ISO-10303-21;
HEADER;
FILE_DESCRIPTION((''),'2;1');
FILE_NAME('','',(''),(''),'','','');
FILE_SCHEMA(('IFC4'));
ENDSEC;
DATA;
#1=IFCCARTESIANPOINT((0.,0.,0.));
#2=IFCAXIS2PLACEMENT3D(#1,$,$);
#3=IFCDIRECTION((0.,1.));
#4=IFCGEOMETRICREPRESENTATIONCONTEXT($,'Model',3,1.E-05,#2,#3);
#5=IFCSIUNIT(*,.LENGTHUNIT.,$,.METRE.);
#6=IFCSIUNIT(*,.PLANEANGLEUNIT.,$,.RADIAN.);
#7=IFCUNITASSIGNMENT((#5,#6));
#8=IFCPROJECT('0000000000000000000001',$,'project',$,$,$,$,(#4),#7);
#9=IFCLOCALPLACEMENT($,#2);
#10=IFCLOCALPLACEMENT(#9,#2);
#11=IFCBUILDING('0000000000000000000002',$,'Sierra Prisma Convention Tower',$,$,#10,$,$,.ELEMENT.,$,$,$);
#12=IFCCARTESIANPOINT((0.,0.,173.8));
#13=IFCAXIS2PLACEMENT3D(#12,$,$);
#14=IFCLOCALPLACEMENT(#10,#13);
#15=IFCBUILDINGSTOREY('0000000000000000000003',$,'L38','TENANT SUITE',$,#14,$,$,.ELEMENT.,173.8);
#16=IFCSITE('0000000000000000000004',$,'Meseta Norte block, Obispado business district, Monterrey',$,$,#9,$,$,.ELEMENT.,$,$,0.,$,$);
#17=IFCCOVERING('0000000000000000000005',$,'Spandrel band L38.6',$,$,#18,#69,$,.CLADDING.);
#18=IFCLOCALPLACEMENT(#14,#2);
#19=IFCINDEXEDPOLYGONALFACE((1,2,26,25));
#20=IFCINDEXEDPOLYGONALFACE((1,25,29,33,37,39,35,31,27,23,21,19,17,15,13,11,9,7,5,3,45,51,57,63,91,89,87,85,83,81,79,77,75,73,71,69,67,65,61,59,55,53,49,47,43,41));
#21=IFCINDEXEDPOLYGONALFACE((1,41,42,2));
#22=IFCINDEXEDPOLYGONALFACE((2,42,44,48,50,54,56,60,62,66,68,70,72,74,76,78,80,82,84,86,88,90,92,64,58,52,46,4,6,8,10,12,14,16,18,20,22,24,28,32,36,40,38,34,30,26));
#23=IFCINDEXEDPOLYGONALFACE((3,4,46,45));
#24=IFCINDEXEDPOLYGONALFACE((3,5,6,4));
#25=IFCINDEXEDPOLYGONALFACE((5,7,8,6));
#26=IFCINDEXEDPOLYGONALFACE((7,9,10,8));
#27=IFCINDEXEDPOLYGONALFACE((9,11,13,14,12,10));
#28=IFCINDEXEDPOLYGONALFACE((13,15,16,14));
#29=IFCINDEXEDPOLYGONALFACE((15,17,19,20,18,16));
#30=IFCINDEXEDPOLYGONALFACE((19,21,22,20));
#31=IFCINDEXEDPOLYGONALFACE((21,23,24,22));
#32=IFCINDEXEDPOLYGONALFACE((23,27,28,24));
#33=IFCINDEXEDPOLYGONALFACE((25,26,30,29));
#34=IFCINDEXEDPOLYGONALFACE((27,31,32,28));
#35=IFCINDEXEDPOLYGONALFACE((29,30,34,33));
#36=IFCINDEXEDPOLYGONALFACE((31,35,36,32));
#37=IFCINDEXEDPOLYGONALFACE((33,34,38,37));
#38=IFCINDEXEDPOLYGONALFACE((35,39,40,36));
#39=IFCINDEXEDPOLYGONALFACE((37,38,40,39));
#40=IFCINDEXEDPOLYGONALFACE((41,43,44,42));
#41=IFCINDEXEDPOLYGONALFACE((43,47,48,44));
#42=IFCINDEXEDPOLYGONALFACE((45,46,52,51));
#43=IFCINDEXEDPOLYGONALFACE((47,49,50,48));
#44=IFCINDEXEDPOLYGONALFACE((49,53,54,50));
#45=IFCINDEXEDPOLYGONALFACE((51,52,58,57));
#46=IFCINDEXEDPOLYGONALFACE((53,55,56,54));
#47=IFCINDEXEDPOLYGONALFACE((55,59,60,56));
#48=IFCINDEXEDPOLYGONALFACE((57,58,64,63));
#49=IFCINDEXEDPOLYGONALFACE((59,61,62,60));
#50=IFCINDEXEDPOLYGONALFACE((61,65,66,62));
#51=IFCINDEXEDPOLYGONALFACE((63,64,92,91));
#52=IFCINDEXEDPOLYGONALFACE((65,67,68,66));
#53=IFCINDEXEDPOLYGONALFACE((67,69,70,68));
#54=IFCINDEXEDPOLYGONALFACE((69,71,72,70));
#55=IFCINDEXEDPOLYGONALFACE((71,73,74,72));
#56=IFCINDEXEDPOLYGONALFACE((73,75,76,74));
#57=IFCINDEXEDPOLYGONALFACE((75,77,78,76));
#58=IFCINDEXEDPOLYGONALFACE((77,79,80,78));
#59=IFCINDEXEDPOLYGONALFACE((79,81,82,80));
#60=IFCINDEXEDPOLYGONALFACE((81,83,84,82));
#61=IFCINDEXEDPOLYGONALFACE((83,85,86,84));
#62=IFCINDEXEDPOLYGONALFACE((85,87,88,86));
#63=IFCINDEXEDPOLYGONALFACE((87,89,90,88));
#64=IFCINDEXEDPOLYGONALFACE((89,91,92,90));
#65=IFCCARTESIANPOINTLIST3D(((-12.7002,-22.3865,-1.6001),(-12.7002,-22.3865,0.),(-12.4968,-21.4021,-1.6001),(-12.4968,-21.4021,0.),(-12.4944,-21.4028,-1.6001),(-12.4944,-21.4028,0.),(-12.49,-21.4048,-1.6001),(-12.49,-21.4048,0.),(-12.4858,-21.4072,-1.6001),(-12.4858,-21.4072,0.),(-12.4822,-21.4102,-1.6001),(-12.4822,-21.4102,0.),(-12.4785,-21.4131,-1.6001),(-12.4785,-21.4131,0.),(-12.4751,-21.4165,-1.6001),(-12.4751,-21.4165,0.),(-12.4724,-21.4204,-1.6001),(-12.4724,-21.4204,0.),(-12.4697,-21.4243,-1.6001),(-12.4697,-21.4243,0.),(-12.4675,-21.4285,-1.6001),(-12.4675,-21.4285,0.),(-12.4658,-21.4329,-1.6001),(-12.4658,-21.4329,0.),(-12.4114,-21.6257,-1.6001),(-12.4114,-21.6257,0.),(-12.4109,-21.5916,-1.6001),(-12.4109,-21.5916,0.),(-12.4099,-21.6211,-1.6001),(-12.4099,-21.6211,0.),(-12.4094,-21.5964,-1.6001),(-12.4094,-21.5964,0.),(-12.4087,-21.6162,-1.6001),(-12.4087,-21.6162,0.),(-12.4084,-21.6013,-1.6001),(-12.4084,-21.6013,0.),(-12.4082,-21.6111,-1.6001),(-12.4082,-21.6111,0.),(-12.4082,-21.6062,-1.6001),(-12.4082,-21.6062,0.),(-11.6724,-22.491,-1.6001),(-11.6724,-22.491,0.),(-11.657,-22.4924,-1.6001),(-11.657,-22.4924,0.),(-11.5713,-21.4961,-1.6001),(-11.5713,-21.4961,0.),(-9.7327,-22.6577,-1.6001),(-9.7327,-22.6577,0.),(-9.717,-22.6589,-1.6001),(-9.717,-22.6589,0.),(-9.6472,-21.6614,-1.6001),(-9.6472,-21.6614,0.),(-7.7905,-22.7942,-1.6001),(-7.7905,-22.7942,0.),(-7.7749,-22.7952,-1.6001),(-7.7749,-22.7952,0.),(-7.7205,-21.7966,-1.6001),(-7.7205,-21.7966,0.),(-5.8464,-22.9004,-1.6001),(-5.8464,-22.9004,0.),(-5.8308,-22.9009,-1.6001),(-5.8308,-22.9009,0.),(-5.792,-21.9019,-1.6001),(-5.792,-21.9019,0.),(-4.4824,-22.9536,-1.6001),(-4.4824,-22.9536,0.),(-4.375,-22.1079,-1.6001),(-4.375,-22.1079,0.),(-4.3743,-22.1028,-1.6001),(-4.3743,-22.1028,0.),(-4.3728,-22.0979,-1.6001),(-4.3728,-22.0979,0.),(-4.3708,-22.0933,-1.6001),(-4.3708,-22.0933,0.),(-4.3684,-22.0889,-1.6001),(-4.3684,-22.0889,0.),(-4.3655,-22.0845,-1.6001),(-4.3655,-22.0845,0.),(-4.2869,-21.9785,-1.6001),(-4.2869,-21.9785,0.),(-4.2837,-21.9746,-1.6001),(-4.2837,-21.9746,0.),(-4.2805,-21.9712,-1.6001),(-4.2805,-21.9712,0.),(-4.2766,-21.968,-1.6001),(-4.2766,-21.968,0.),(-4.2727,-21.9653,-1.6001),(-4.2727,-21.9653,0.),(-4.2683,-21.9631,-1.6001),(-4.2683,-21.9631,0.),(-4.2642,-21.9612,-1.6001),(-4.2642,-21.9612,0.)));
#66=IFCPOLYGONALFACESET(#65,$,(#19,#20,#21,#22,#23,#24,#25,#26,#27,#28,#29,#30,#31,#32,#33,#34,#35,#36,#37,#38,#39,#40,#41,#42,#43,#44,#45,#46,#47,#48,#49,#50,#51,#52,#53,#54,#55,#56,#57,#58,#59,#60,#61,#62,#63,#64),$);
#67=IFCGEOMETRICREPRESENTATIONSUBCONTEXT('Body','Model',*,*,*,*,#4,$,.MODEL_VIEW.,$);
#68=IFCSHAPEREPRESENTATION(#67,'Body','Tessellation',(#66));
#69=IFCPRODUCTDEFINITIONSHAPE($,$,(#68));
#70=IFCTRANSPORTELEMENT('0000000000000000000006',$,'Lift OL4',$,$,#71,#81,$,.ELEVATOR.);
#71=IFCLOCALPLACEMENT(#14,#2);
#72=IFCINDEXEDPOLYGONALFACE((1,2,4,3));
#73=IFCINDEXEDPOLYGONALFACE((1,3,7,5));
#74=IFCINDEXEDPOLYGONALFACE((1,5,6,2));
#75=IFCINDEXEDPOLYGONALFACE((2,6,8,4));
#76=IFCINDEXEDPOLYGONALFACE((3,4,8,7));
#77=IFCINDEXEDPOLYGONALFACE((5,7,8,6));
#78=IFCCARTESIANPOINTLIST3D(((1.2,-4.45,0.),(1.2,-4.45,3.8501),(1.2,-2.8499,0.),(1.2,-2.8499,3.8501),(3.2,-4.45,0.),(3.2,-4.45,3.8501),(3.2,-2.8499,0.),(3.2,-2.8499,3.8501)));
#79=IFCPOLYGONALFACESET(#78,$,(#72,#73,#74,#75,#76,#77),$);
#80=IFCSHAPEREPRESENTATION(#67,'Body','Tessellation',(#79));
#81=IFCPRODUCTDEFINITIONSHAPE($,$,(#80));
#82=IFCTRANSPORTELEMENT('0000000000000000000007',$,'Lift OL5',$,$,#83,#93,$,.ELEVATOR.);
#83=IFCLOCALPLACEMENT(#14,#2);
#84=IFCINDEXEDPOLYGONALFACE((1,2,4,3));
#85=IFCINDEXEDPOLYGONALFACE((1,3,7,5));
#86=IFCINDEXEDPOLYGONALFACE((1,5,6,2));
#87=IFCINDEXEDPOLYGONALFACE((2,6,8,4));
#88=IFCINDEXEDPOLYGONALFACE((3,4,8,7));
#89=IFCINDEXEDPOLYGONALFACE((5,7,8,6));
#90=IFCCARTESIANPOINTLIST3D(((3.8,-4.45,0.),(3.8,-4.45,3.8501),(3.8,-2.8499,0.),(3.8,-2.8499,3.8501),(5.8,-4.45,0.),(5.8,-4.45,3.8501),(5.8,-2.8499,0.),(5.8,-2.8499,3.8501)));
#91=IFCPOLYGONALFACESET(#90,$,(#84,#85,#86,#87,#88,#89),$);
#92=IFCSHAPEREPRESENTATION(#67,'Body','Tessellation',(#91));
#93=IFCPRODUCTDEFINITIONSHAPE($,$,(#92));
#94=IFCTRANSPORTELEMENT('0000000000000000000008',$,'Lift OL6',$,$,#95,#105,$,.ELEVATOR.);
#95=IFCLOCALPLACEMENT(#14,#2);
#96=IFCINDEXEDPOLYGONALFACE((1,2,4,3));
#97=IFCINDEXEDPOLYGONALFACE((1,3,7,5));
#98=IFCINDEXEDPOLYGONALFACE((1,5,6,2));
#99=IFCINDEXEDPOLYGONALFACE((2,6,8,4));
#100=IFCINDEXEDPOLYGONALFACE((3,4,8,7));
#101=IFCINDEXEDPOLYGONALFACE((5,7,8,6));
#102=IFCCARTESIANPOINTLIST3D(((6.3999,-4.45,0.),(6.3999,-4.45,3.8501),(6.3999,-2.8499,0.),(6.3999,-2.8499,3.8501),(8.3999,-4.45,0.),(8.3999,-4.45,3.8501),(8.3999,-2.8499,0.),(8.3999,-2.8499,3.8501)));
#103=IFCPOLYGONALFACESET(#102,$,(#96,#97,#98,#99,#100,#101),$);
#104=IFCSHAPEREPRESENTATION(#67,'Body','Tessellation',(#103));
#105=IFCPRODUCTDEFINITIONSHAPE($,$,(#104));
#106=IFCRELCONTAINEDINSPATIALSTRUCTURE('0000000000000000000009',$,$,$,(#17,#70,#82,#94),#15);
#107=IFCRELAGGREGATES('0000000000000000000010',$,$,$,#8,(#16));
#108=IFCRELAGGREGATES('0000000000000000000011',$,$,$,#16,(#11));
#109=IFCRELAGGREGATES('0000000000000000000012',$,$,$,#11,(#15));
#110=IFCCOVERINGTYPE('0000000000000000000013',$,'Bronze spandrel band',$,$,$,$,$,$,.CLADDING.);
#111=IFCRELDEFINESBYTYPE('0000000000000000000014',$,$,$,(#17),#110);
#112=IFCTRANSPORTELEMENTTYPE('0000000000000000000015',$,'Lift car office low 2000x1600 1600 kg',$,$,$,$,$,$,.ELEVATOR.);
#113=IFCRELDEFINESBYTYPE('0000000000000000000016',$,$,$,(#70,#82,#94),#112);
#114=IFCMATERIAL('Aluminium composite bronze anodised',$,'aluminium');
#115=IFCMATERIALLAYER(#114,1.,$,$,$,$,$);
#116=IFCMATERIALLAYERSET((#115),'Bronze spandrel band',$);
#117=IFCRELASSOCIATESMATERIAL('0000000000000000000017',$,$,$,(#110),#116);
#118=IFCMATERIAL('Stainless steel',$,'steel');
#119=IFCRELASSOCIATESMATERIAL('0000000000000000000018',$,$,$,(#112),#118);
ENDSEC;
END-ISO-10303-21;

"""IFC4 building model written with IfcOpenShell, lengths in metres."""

from ifc_helpers import new_model, si_unit, direction, frame, origin, origin_2d, place, context, subcontext, project, spatial, polyline, rectangle, outline, extrude, material, layer, layer_set, type_object, element, save


model = new_model("IFC4")

# Units and contexts
model_context = context("Model", 3, precision=1e-05, world=origin(), true_north=direction((0.0, 1.0)))
body_context = subcontext(model_context, "Body", "Model", "MODEL_VIEW")
ifc_project = project(units=[si_unit("LENGTHUNIT", "METRE"), si_unit("PLANEANGLEUNIT", "RADIAN")], contexts=[model_context])

# Site, building, storey
site_placement = place(None, origin())
site = spatial("IfcSite", under=ifc_project, at=site_placement, Name="Meseta Norte block, Obispado business district, Monterrey", CompositionType="ELEMENT", RefElevation=0.0)
building_placement = place(site_placement, origin())
building = spatial("IfcBuilding", under=site, at=building_placement, Name="Sierra Prisma Convention Tower", CompositionType="ELEMENT")
storey_placement = place(building_placement, frame((0.0, 0.0, 173.8)))
storey = spatial("IfcBuildingStorey", under=building, at=storey_placement, Name="L38", Description="TENANT SUITE", CompositionType="ELEMENT", Elevation=173.8)

# Covering
ifc_material_1 = material(Name="Aluminium composite bronze anodised", Category="aluminium")
ifc_layer_1 = layer(ifc_material_1, 1.0)
ifc_layer_set_1 = layer_set([ifc_layer_1], Name="Bronze spandrel band")
covering_type_1 = type_object("IfcCoveringType", Name="Bronze spandrel band", PredefinedType="CLADDING", material=ifc_layer_set_1)
covering_1_placement = place(storey_placement, frame((0.0, 0.0, -1.6001)))
element("IfcCovering", 1, at=covering_1_placement, inside=storey, type_object=covering_type_1, Name="Spandrel band L38.6", PredefinedType="CLADDING", context=body_context, shape_type="SweptSolid", body=[
    extrude(outline(polyline([(-12.4087, -21.6162), (-12.4082, -21.6111), (-12.4082, -21.6062), (-12.4084, -21.6013), (-12.4094, -21.5964), (-12.4109, -21.5916), (-12.4658, -21.4329), (-12.4675, -21.4285), (-12.4697, -21.4243), (-12.4724, -21.4204), (-12.4751, -21.4165), (-12.4785, -21.4131), (-12.4822, -21.4102), (-12.4858, -21.4072), (-12.49, -21.4048), (-12.4944, -21.4028), (-12.4968, -21.4021), (-11.5713, -21.4961), (-9.6472, -21.6614), (-7.7205, -21.7966), (-5.792, -21.9019), (-4.2642, -21.9612), (-4.2683, -21.9631), (-4.2727, -21.9653), (-4.2766, -21.968), (-4.2805, -21.9712), (-4.2837, -21.9746), (-4.2869, -21.9785), (-4.3655, -22.0845), (-4.3684, -22.0889), (-4.3708, -22.0933), (-4.3728, -22.0979), (-4.3743, -22.1028), (-4.375, -22.1079), (-4.4824, -22.9536), (-5.8308, -22.9009), (-5.8464, -22.9004), (-7.7749, -22.7952), (-7.7905, -22.7942), (-9.717, -22.6589), (-9.7327, -22.6577), (-11.657, -22.4924), (-11.6724, -22.491), (-12.7002, -22.3865), (-12.4114, -21.6257), (-12.4099, -21.6211), (-12.4087, -21.6162)])), origin(), (0.0, 0.0, 1.0), 1.6001),
])

# Transport elements
ifc_material_2 = material(Name="Stainless steel", Category="steel")
transport_element_type = type_object("IfcTransportElementType", Name="Lift car office low 2000x1600 1600 kg", PredefinedType="ELEVATOR", material=ifc_material_2)
for number, where, z_axis, x_axis, name in (
    (2, (2.2, -3.6499, 0.0), (0.0, 0.0, 1.0), (1.0, 0.0, 0.0), "Lift OL4"),
    (3, (4.8, -3.6499, 0.0), (0.0, 0.0, 1.0), (1.0, 0.0, 0.0), "Lift OL5"),
    (4, (7.3999, -3.6499, 0.0), (0.0, 0.0, 1.0), (1.0, 0.0, 0.0), "Lift OL6"),
):
    element("IfcTransportElement", number, at=place(storey_placement, frame(where, z_axis=z_axis, x_axis=x_axis)), inside=storey, type_object=transport_element_type, Name=name, PredefinedType="ELEVATOR", context=body_context, shape_type="SweptSolid", body=[
        extrude(rectangle(XDim=2.0, YDim=1.6001, at=origin_2d()), origin(), (0.0, 0.0, 1.0), 3.8501),
    ])

save(model, "model.ifc")
